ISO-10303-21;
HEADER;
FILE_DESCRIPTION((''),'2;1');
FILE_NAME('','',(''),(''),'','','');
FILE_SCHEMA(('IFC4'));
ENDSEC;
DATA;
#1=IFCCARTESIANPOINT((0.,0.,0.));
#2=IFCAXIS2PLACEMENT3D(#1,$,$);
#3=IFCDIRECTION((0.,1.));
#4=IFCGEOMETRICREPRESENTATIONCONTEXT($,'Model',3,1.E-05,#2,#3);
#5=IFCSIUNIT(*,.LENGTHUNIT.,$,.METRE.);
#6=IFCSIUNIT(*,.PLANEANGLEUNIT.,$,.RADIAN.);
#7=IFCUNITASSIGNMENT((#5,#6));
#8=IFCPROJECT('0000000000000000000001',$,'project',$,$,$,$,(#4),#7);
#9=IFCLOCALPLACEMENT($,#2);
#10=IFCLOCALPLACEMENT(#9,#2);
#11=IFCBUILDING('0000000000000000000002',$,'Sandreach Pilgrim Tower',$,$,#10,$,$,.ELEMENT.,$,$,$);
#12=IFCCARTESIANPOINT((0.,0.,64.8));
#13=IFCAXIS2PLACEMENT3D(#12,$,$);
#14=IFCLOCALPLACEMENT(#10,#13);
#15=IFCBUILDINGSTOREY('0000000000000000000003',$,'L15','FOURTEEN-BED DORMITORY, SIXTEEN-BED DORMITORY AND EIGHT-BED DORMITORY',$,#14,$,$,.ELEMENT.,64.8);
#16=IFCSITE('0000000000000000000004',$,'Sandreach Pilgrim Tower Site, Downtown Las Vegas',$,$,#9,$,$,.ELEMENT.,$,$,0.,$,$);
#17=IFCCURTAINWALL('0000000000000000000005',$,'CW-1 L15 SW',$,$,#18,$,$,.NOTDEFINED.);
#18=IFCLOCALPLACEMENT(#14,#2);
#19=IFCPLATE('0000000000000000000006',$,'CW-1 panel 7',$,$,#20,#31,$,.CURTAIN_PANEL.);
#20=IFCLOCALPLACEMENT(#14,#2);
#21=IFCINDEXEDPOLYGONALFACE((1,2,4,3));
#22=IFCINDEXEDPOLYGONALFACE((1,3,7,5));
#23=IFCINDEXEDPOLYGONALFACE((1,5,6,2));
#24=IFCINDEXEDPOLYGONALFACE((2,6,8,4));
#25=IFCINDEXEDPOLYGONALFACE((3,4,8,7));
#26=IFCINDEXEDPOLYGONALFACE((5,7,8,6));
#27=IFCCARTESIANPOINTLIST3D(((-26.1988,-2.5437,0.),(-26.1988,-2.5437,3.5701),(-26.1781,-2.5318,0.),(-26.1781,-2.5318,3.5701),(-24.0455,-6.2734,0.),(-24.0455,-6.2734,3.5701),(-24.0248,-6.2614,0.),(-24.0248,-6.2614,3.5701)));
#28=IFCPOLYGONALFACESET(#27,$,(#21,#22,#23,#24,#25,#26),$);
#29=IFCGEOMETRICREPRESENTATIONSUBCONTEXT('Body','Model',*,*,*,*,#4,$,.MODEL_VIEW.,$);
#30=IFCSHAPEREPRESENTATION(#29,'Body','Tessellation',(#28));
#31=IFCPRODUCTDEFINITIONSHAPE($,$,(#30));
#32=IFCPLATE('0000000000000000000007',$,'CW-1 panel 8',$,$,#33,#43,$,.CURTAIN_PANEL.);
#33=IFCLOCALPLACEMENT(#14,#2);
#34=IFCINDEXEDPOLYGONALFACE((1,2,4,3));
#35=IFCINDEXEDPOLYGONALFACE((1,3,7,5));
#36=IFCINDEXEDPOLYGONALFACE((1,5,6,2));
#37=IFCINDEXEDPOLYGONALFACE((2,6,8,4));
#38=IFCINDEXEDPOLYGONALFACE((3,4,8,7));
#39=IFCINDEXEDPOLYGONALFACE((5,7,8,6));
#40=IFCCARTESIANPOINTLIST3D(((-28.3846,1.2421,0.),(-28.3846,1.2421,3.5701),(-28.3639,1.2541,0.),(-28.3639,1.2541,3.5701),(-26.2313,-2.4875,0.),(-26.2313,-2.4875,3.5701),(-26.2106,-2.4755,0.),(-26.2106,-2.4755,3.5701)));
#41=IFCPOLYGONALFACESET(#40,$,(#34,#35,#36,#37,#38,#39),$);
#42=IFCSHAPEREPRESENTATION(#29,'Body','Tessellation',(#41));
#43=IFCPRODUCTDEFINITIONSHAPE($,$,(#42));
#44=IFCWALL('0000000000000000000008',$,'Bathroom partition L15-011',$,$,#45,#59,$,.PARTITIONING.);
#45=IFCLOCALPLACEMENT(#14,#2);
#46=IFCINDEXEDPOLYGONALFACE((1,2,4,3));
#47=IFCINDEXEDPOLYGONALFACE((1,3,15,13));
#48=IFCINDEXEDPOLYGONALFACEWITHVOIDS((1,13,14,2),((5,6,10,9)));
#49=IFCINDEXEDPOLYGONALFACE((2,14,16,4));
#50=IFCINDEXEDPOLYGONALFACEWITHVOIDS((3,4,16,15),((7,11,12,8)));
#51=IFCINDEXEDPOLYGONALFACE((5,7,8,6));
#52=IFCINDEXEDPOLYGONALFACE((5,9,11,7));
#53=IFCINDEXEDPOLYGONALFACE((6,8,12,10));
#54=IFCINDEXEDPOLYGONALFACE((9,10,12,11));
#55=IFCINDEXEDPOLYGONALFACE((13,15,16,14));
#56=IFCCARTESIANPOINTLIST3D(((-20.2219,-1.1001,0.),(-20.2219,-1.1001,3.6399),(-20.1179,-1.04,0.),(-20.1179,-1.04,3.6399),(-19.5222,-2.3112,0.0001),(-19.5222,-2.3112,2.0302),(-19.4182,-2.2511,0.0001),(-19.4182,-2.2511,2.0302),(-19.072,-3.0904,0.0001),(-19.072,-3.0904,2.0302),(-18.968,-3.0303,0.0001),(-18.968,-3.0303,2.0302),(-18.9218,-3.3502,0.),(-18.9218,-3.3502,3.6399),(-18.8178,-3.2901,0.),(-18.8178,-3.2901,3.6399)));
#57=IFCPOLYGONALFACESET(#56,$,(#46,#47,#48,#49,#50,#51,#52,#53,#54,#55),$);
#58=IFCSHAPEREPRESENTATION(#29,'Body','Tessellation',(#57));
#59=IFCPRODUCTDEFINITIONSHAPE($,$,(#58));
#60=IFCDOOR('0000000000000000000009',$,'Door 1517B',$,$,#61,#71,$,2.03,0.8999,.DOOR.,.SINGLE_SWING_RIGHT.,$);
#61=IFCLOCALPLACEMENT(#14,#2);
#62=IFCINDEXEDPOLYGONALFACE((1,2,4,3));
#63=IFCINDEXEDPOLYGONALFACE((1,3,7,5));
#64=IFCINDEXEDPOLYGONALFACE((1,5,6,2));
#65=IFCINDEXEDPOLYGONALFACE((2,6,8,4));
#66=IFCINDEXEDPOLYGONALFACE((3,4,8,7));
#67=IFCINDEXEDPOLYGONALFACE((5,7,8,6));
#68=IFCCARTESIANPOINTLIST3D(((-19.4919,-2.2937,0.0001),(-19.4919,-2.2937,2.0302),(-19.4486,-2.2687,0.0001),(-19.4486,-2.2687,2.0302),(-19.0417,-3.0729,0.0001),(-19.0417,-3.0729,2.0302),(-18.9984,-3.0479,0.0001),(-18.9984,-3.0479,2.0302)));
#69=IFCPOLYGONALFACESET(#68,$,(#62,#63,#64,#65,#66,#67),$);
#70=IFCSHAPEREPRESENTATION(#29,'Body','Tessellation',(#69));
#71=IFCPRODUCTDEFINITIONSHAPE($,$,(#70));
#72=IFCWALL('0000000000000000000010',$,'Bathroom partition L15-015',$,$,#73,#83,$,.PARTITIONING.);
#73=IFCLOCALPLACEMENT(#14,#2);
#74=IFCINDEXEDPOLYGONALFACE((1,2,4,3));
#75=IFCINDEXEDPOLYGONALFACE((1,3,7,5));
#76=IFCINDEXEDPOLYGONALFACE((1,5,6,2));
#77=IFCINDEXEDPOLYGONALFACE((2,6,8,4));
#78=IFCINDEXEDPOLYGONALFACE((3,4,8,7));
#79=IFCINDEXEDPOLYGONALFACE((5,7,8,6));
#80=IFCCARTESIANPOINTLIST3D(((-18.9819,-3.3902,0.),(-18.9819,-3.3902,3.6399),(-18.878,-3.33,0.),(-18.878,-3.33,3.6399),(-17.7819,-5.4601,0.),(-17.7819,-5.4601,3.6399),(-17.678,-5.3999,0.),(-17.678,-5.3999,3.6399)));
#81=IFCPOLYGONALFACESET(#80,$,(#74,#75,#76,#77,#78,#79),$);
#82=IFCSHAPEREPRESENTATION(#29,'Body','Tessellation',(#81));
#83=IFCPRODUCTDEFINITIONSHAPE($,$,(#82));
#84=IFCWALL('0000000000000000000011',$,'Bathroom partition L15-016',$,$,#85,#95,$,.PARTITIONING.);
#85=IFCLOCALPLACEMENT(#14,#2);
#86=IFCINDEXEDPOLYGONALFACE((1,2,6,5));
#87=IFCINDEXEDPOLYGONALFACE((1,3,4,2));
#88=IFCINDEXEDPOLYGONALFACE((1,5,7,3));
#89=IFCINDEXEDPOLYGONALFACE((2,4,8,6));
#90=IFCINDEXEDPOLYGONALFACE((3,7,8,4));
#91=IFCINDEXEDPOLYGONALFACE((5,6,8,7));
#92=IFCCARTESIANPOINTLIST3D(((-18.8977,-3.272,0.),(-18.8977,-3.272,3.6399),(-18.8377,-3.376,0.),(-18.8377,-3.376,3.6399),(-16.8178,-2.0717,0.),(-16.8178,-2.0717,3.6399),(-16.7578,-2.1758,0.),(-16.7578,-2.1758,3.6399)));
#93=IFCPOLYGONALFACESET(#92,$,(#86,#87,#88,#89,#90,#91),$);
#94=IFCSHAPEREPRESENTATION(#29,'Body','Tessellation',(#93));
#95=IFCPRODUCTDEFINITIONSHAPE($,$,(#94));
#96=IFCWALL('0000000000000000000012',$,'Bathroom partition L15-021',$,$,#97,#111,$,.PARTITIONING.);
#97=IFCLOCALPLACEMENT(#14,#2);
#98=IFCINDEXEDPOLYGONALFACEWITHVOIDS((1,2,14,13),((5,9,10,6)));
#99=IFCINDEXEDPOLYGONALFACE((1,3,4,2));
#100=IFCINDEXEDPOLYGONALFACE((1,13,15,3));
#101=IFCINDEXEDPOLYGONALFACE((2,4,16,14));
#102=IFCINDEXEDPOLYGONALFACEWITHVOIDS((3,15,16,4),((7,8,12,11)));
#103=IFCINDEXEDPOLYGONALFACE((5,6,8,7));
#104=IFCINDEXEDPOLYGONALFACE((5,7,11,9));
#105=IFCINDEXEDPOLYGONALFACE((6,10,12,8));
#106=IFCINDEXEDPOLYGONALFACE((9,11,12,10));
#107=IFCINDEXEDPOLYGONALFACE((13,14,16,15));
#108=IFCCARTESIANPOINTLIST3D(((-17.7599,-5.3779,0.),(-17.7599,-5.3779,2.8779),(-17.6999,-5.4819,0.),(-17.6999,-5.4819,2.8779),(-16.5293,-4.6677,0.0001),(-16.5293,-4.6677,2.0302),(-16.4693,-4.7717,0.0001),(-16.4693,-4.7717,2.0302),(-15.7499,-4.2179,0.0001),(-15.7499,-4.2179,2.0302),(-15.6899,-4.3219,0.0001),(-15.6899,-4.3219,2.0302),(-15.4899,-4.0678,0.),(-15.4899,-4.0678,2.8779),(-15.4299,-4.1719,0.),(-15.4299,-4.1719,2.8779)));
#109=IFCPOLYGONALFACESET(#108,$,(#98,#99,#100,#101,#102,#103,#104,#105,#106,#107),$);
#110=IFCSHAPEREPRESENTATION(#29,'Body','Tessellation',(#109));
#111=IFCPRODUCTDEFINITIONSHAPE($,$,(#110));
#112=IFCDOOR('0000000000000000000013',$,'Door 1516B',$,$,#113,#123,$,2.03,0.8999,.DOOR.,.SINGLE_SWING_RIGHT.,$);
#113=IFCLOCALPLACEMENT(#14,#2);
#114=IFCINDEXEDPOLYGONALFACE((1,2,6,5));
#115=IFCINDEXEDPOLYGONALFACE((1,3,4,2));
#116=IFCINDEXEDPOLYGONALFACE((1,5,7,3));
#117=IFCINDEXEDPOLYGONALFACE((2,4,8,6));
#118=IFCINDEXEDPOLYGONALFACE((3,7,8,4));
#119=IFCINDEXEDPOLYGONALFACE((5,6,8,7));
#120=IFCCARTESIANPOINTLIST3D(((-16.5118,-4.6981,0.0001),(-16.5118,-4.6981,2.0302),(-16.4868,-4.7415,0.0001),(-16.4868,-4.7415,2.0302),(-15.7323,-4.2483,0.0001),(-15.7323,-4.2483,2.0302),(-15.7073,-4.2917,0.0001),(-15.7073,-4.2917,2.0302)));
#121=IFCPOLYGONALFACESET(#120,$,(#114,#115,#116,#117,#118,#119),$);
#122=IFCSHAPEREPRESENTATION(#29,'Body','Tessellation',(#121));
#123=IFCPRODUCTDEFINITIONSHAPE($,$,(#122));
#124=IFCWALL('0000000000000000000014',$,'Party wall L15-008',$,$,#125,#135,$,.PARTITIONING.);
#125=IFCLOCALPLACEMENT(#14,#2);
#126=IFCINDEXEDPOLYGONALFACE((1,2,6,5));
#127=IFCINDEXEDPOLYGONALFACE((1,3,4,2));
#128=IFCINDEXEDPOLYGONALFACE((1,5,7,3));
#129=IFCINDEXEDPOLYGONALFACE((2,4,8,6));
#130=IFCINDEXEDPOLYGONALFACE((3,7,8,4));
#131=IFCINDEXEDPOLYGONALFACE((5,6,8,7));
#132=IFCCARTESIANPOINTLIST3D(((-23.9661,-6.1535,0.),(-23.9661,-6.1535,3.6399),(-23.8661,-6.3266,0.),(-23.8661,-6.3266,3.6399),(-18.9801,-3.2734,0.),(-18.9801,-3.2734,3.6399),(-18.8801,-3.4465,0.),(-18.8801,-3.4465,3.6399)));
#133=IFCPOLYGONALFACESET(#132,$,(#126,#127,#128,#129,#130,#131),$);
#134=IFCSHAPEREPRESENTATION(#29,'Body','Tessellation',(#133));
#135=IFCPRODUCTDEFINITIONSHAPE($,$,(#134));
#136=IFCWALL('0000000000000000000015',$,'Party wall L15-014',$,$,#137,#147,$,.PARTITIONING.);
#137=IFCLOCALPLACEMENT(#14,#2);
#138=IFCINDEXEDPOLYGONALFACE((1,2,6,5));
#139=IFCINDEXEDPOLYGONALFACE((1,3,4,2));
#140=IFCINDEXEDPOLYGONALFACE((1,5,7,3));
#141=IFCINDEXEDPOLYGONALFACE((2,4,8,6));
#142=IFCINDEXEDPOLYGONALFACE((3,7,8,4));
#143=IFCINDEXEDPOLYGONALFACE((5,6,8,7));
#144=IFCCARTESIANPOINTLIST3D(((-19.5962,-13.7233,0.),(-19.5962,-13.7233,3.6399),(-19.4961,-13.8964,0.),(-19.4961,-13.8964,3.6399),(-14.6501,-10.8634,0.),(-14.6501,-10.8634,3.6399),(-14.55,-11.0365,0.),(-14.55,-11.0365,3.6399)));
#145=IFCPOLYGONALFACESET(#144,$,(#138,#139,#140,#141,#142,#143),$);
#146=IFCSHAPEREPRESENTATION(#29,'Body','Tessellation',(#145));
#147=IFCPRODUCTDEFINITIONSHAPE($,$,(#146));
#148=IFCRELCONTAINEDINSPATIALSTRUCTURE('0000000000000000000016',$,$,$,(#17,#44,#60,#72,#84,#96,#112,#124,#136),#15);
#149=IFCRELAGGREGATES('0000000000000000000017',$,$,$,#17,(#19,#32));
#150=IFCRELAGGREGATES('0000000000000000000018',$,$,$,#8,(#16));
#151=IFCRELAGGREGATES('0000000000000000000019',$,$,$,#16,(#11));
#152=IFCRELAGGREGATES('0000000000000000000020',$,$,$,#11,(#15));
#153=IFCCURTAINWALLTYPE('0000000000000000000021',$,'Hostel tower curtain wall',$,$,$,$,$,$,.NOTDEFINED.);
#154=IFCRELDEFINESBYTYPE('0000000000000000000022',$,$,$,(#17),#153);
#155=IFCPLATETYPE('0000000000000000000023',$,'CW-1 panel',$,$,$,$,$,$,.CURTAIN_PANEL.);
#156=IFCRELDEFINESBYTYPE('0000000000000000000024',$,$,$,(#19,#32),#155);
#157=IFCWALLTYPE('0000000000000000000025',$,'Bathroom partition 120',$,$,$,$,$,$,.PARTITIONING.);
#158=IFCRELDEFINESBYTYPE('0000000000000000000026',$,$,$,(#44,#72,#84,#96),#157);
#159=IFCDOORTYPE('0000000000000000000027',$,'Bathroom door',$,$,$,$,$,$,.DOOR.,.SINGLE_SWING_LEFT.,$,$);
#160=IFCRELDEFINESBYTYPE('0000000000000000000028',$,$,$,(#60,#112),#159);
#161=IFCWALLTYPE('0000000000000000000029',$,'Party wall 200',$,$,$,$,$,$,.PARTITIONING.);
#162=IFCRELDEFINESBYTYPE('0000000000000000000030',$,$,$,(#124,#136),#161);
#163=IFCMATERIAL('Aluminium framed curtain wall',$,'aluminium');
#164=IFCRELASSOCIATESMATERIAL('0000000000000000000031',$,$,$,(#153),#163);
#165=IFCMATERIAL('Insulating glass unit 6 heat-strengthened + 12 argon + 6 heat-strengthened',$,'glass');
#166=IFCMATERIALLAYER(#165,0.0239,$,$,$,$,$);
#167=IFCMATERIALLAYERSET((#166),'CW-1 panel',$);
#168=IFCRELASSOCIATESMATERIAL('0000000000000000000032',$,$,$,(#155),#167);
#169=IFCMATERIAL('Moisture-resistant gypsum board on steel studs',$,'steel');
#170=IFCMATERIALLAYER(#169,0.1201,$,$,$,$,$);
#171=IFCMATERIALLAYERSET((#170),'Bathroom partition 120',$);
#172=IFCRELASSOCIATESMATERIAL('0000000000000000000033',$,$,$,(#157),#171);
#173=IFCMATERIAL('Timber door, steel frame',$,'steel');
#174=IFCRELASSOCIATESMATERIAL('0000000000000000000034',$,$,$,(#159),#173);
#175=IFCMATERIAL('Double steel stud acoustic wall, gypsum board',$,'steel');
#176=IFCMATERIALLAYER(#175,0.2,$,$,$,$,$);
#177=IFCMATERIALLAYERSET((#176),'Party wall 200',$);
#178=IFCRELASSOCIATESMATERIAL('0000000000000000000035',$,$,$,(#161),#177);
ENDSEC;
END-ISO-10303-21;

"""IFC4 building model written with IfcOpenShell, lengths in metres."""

from ifc_helpers import new_model, si_unit, direction, frame, frame_2d, origin, origin_2d, place, context, subcontext, project, spatial, rectangle, extrude, material, layer, layer_set, type_object, element, fill, aggregate, save


model = new_model("IFC4")

# Units and contexts
model_context = context("Model", 3, precision=1e-05, world=origin(), true_north=direction((0.0, 1.0)))
body_context = subcontext(model_context, "Body", "Model", "MODEL_VIEW")
ifc_project = project(units=[si_unit("LENGTHUNIT", "METRE"), si_unit("PLANEANGLEUNIT", "RADIAN")], contexts=[model_context])

# Site, building, storey
site_placement = place(None, origin())
site = spatial("IfcSite", under=ifc_project, at=site_placement, Name="Sandreach Pilgrim Tower Site, Downtown Las Vegas", CompositionType="ELEMENT", RefElevation=0.0)
building_placement = place(site_placement, origin())
building = spatial("IfcBuilding", under=site, at=building_placement, Name="Sandreach Pilgrim Tower", CompositionType="ELEMENT")
storey_placement = place(building_placement, frame((0.0, 0.0, 64.8)))
storey = spatial("IfcBuildingStorey", under=building, at=storey_placement, Name="L15", Description="FOURTEEN-BED DORMITORY, SIXTEEN-BED DORMITORY AND EIGHT-BED DORMITORY", CompositionType="ELEMENT", Elevation=64.8)

# Curtain wall
ifc_material_1 = material(Name="Aluminium framed curtain wall", Category="aluminium")
curtain_wall_type = type_object("IfcCurtainWallType", Name="Hostel tower curtain wall", PredefinedType="NOTDEFINED", material=ifc_material_1)
curtain_wall_placement = place(storey_placement, origin())
curtain_wall = element("IfcCurtainWall", 1, at=curtain_wall_placement, inside=storey, type_object=curtain_wall_type, Name="CW-1 L15 SW", PredefinedType="NOTDEFINED")

# Plates
ifc_material_2 = material(Name="Insulating glass unit 6 heat-strengthened + 12 argon + 6 heat-strengthened", Category="glass")
ifc_layer_1 = layer(ifc_material_2, 0.0239)
ifc_layer_set_1 = layer_set([ifc_layer_1], Name="CW-1 panel")
plate_type = type_object("IfcPlateType", Name="CW-1 panel", PredefinedType="CURTAIN_PANEL", material=ifc_layer_set_1)
plate_1_placement = place(storey_placement, frame((-25.1118, -4.4026, 0.0), z_axis=(0.0, 0.0, 1.0), x_axis=(-0.5, 0.866025, 0.0)))
plate_1 = element("IfcPlate", 2, at=plate_1_placement, type_object=plate_type, Name="CW-1 panel 7", PredefinedType="CURTAIN_PANEL", context=body_context, shape_type="SweptSolid", body=[
    extrude(rectangle(XDim=4.3066, YDim=0.0239, at=origin_2d()), origin(), (0.0, 0.0, 1.0), 3.5701),
])
plate_2_placement = place(storey_placement, frame((-27.2976, -0.6167, 0.0), z_axis=(0.0, 0.0, 1.0), x_axis=(-0.5, 0.866025, 0.0)))
plate_2 = element("IfcPlate", 3, at=plate_2_placement, type_object=plate_type, Name="CW-1 panel 8", PredefinedType="CURTAIN_PANEL", context=body_context, shape_type="SweptSolid", body=[
    extrude(rectangle(XDim=4.3066, YDim=0.0239, at=origin_2d()), origin(), (0.0, 0.0, 1.0), 3.5701),
])
aggregate(curtain_wall, [plate_1, plate_2])

# Wall, opening, door
ifc_material_3 = material(Name="Moisture-resistant gypsum board on steel studs", Category="steel")
ifc_layer_2 = layer(ifc_material_3, 0.1201)
ifc_layer_set_2 = layer_set([ifc_layer_2], Name="Bathroom partition 120")
wall_type_1 = type_object("IfcWallType", Name="Bathroom partition 120", PredefinedType="PARTITIONING", material=ifc_layer_set_2)
wall_1_placement = place(storey_placement, frame((-20.1699, -1.0701, 0.0), z_axis=(0.0, 0.0, 1.0), x_axis=(0.500292, -0.865857, 0.0)))
wall_1 = element("IfcWall", 4, at=wall_1_placement, inside=storey, type_object=wall_type_1, Name="Bathroom partition L15-011", PredefinedType="PARTITIONING", context=body_context, shape_type="SweptSolid", body=[
    extrude(rectangle(XDim=2.5986, YDim=0.1201, at=frame_2d((1.2993, 0.0))), origin(), (0.0, 0.0, 1.0), 3.6399),
])
opening_1_placement = place(wall_1_placement, frame((1.3987, 0.0, 0.0)))
opening_1 = element("IfcOpeningElement", 5, at=opening_1_placement, cuts=wall_1, PredefinedType="OPENING", context=body_context, shape_type="SweptSolid", body=[
    extrude(rectangle(XDim=0.8999, YDim=2.03, at=frame_2d((0.45, 1.0151))), frame((0.0, 0.0601, 0.0), z_axis=(0.0, -1.0, 0.0), x_axis=(1.0, 0.0, 0.0)), (0.0, 0.0, 1.0), 0.1201),
])
ifc_material_4 = material(Name="Timber door, steel frame", Category="steel")
door_type = type_object("IfcDoorType", Name="Bathroom door", OperationType="SINGLE_SWING_LEFT", PredefinedType="DOOR", material=ifc_material_4)
door_1_placement = place(opening_1_placement, origin())
door_1 = element("IfcDoor", 6, at=door_1_placement, inside=storey, type_object=door_type, Name="Door 1517B", OperationType="SINGLE_SWING_RIGHT", OverallHeight=2.03, OverallWidth=0.8999, PredefinedType="DOOR", context=body_context, shape_type="SweptSolid", body=[
    extrude(rectangle(XDim=0.8999, YDim=2.03, at=frame_2d((0.45, 1.0151))), frame((0.0, 0.0249, 0.0), z_axis=(0.0, -1.0, 0.0), x_axis=(1.0, 0.0, 0.0)), (0.0, 0.0, 1.0), 0.05),
])
fill(opening_1, door_1)

# Walls
wall_2_placement = place(storey_placement, frame((-18.9299, -3.3601, 0.0), z_axis=(0.0, 0.0, 1.0), x_axis=(0.501547, -0.86513, 0.0)))
element("IfcWall", 7, at=wall_2_placement, inside=storey, type_object=wall_type_1, Name="Bathroom partition L15-015", PredefinedType="PARTITIONING", context=body_context, shape_type="SweptSolid", body=[
    extrude(rectangle(XDim=2.3926, YDim=0.1201, at=frame_2d((1.1963, 0.0))), origin(), (0.0, 0.0, 1.0), 3.6399),
])
wall_3_placement = place(storey_placement, frame((-18.8677, -3.324, 0.0), z_axis=(0.0, 0.0, 1.0), x_axis=(0.866133, 0.499813, 0.0)))
element("IfcWall", 8, at=wall_3_placement, inside=storey, type_object=wall_type_1, Name="Bathroom partition L15-016", PredefinedType="PARTITIONING", context=body_context, shape_type="SweptSolid", body=[
    extrude(rectangle(XDim=2.4014, YDim=0.1201, at=frame_2d((1.2007, 0.0))), origin(), (0.0, 0.0, 1.0), 3.6399),
])

# Wall, opening, door
wall_4_placement = place(storey_placement, frame((-17.73, -5.4299, 0.0), z_axis=(0.0, 0.0, 1.0), x_axis=(0.866114, 0.499846, 0.0)))
wall_4 = element("IfcWall", 9, at=wall_4_placement, inside=storey, type_object=wall_type_1, Name="Bathroom partition L15-021", PredefinedType="PARTITIONING", context=body_context, shape_type="SweptSolid", body=[
    extrude(rectangle(XDim=2.6208, YDim=0.1201, at=frame_2d((1.3105, 0.0))), origin(), (0.0, 0.0, 1.0), 2.8779),
])
opening_2_placement = place(wall_4_placement, frame((1.4209, 0.0, 0.0)))
opening_2 = element("IfcOpeningElement", 10, at=opening_2_placement, cuts=wall_4, PredefinedType="OPENING", context=body_context, shape_type="SweptSolid", body=[
    extrude(rectangle(XDim=0.8999, YDim=2.03, at=frame_2d((0.45, 1.0151))), frame((0.0, 0.0601, 0.0), z_axis=(0.0, -1.0, 0.0), x_axis=(1.0, 0.0, 0.0)), (0.0, 0.0, 1.0), 0.1201),
])
door_2_placement = place(opening_2_placement, origin())
door_2 = element("IfcDoor", 11, at=door_2_placement, inside=storey, type_object=door_type, Name="Door 1516B", OperationType="SINGLE_SWING_RIGHT", OverallHeight=2.03, OverallWidth=0.8999, PredefinedType="DOOR", context=body_context, shape_type="SweptSolid", body=[
    extrude(rectangle(XDim=0.8999, YDim=2.03, at=frame_2d((0.45, 1.0151))), frame((0.0, 0.0249, 0.0), z_axis=(0.0, -1.0, 0.0), x_axis=(1.0, 0.0, 0.0)), (0.0, 0.0, 1.0), 0.05),
])
fill(opening_2, door_2)

# Walls
ifc_material_5 = material(Name="Double steel stud acoustic wall, gypsum board", Category="steel")
ifc_layer_3 = layer(ifc_material_5, 0.2)
ifc_layer_set_3 = layer_set([ifc_layer_3], Name="Party wall 200")
wall_type_2 = type_object("IfcWallType", Name="Party wall 200", PredefinedType="PARTITIONING", material=ifc_layer_set_3)
wall_5_placement = place(storey_placement, frame((-23.916, -6.24, 0.0), z_axis=(0.0, 0.0, 1.0), x_axis=(0.865919, 0.500184, 0.0)))
element("IfcWall", 12, at=wall_5_placement, inside=storey, type_object=wall_type_2, Name="Party wall L15-008", PredefinedType="PARTITIONING", context=body_context, shape_type="SweptSolid", body=[
    extrude(rectangle(XDim=5.7581, YDim=0.2, at=frame_2d((2.8789, 0.0))), origin(), (0.0, 0.0, 1.0), 3.6399),
])
wall_6_placement = place(storey_placement, frame((-19.5461, -13.8098, 0.0), z_axis=(0.0, 0.0, 1.0), x_axis=(0.865702, 0.500559, 0.0)))
element("IfcWall", 13, at=wall_6_placement, inside=storey, type_object=wall_type_2, Name="Party wall L15-014", PredefinedType="PARTITIONING", context=body_context, shape_type="SweptSolid", body=[
    extrude(rectangle(XDim=5.7134, YDim=0.2, at=frame_2d((2.8567, 0.0))), origin(), (0.0, 0.0, 1.0), 3.6399),
])

save(model, "model.ifc")
